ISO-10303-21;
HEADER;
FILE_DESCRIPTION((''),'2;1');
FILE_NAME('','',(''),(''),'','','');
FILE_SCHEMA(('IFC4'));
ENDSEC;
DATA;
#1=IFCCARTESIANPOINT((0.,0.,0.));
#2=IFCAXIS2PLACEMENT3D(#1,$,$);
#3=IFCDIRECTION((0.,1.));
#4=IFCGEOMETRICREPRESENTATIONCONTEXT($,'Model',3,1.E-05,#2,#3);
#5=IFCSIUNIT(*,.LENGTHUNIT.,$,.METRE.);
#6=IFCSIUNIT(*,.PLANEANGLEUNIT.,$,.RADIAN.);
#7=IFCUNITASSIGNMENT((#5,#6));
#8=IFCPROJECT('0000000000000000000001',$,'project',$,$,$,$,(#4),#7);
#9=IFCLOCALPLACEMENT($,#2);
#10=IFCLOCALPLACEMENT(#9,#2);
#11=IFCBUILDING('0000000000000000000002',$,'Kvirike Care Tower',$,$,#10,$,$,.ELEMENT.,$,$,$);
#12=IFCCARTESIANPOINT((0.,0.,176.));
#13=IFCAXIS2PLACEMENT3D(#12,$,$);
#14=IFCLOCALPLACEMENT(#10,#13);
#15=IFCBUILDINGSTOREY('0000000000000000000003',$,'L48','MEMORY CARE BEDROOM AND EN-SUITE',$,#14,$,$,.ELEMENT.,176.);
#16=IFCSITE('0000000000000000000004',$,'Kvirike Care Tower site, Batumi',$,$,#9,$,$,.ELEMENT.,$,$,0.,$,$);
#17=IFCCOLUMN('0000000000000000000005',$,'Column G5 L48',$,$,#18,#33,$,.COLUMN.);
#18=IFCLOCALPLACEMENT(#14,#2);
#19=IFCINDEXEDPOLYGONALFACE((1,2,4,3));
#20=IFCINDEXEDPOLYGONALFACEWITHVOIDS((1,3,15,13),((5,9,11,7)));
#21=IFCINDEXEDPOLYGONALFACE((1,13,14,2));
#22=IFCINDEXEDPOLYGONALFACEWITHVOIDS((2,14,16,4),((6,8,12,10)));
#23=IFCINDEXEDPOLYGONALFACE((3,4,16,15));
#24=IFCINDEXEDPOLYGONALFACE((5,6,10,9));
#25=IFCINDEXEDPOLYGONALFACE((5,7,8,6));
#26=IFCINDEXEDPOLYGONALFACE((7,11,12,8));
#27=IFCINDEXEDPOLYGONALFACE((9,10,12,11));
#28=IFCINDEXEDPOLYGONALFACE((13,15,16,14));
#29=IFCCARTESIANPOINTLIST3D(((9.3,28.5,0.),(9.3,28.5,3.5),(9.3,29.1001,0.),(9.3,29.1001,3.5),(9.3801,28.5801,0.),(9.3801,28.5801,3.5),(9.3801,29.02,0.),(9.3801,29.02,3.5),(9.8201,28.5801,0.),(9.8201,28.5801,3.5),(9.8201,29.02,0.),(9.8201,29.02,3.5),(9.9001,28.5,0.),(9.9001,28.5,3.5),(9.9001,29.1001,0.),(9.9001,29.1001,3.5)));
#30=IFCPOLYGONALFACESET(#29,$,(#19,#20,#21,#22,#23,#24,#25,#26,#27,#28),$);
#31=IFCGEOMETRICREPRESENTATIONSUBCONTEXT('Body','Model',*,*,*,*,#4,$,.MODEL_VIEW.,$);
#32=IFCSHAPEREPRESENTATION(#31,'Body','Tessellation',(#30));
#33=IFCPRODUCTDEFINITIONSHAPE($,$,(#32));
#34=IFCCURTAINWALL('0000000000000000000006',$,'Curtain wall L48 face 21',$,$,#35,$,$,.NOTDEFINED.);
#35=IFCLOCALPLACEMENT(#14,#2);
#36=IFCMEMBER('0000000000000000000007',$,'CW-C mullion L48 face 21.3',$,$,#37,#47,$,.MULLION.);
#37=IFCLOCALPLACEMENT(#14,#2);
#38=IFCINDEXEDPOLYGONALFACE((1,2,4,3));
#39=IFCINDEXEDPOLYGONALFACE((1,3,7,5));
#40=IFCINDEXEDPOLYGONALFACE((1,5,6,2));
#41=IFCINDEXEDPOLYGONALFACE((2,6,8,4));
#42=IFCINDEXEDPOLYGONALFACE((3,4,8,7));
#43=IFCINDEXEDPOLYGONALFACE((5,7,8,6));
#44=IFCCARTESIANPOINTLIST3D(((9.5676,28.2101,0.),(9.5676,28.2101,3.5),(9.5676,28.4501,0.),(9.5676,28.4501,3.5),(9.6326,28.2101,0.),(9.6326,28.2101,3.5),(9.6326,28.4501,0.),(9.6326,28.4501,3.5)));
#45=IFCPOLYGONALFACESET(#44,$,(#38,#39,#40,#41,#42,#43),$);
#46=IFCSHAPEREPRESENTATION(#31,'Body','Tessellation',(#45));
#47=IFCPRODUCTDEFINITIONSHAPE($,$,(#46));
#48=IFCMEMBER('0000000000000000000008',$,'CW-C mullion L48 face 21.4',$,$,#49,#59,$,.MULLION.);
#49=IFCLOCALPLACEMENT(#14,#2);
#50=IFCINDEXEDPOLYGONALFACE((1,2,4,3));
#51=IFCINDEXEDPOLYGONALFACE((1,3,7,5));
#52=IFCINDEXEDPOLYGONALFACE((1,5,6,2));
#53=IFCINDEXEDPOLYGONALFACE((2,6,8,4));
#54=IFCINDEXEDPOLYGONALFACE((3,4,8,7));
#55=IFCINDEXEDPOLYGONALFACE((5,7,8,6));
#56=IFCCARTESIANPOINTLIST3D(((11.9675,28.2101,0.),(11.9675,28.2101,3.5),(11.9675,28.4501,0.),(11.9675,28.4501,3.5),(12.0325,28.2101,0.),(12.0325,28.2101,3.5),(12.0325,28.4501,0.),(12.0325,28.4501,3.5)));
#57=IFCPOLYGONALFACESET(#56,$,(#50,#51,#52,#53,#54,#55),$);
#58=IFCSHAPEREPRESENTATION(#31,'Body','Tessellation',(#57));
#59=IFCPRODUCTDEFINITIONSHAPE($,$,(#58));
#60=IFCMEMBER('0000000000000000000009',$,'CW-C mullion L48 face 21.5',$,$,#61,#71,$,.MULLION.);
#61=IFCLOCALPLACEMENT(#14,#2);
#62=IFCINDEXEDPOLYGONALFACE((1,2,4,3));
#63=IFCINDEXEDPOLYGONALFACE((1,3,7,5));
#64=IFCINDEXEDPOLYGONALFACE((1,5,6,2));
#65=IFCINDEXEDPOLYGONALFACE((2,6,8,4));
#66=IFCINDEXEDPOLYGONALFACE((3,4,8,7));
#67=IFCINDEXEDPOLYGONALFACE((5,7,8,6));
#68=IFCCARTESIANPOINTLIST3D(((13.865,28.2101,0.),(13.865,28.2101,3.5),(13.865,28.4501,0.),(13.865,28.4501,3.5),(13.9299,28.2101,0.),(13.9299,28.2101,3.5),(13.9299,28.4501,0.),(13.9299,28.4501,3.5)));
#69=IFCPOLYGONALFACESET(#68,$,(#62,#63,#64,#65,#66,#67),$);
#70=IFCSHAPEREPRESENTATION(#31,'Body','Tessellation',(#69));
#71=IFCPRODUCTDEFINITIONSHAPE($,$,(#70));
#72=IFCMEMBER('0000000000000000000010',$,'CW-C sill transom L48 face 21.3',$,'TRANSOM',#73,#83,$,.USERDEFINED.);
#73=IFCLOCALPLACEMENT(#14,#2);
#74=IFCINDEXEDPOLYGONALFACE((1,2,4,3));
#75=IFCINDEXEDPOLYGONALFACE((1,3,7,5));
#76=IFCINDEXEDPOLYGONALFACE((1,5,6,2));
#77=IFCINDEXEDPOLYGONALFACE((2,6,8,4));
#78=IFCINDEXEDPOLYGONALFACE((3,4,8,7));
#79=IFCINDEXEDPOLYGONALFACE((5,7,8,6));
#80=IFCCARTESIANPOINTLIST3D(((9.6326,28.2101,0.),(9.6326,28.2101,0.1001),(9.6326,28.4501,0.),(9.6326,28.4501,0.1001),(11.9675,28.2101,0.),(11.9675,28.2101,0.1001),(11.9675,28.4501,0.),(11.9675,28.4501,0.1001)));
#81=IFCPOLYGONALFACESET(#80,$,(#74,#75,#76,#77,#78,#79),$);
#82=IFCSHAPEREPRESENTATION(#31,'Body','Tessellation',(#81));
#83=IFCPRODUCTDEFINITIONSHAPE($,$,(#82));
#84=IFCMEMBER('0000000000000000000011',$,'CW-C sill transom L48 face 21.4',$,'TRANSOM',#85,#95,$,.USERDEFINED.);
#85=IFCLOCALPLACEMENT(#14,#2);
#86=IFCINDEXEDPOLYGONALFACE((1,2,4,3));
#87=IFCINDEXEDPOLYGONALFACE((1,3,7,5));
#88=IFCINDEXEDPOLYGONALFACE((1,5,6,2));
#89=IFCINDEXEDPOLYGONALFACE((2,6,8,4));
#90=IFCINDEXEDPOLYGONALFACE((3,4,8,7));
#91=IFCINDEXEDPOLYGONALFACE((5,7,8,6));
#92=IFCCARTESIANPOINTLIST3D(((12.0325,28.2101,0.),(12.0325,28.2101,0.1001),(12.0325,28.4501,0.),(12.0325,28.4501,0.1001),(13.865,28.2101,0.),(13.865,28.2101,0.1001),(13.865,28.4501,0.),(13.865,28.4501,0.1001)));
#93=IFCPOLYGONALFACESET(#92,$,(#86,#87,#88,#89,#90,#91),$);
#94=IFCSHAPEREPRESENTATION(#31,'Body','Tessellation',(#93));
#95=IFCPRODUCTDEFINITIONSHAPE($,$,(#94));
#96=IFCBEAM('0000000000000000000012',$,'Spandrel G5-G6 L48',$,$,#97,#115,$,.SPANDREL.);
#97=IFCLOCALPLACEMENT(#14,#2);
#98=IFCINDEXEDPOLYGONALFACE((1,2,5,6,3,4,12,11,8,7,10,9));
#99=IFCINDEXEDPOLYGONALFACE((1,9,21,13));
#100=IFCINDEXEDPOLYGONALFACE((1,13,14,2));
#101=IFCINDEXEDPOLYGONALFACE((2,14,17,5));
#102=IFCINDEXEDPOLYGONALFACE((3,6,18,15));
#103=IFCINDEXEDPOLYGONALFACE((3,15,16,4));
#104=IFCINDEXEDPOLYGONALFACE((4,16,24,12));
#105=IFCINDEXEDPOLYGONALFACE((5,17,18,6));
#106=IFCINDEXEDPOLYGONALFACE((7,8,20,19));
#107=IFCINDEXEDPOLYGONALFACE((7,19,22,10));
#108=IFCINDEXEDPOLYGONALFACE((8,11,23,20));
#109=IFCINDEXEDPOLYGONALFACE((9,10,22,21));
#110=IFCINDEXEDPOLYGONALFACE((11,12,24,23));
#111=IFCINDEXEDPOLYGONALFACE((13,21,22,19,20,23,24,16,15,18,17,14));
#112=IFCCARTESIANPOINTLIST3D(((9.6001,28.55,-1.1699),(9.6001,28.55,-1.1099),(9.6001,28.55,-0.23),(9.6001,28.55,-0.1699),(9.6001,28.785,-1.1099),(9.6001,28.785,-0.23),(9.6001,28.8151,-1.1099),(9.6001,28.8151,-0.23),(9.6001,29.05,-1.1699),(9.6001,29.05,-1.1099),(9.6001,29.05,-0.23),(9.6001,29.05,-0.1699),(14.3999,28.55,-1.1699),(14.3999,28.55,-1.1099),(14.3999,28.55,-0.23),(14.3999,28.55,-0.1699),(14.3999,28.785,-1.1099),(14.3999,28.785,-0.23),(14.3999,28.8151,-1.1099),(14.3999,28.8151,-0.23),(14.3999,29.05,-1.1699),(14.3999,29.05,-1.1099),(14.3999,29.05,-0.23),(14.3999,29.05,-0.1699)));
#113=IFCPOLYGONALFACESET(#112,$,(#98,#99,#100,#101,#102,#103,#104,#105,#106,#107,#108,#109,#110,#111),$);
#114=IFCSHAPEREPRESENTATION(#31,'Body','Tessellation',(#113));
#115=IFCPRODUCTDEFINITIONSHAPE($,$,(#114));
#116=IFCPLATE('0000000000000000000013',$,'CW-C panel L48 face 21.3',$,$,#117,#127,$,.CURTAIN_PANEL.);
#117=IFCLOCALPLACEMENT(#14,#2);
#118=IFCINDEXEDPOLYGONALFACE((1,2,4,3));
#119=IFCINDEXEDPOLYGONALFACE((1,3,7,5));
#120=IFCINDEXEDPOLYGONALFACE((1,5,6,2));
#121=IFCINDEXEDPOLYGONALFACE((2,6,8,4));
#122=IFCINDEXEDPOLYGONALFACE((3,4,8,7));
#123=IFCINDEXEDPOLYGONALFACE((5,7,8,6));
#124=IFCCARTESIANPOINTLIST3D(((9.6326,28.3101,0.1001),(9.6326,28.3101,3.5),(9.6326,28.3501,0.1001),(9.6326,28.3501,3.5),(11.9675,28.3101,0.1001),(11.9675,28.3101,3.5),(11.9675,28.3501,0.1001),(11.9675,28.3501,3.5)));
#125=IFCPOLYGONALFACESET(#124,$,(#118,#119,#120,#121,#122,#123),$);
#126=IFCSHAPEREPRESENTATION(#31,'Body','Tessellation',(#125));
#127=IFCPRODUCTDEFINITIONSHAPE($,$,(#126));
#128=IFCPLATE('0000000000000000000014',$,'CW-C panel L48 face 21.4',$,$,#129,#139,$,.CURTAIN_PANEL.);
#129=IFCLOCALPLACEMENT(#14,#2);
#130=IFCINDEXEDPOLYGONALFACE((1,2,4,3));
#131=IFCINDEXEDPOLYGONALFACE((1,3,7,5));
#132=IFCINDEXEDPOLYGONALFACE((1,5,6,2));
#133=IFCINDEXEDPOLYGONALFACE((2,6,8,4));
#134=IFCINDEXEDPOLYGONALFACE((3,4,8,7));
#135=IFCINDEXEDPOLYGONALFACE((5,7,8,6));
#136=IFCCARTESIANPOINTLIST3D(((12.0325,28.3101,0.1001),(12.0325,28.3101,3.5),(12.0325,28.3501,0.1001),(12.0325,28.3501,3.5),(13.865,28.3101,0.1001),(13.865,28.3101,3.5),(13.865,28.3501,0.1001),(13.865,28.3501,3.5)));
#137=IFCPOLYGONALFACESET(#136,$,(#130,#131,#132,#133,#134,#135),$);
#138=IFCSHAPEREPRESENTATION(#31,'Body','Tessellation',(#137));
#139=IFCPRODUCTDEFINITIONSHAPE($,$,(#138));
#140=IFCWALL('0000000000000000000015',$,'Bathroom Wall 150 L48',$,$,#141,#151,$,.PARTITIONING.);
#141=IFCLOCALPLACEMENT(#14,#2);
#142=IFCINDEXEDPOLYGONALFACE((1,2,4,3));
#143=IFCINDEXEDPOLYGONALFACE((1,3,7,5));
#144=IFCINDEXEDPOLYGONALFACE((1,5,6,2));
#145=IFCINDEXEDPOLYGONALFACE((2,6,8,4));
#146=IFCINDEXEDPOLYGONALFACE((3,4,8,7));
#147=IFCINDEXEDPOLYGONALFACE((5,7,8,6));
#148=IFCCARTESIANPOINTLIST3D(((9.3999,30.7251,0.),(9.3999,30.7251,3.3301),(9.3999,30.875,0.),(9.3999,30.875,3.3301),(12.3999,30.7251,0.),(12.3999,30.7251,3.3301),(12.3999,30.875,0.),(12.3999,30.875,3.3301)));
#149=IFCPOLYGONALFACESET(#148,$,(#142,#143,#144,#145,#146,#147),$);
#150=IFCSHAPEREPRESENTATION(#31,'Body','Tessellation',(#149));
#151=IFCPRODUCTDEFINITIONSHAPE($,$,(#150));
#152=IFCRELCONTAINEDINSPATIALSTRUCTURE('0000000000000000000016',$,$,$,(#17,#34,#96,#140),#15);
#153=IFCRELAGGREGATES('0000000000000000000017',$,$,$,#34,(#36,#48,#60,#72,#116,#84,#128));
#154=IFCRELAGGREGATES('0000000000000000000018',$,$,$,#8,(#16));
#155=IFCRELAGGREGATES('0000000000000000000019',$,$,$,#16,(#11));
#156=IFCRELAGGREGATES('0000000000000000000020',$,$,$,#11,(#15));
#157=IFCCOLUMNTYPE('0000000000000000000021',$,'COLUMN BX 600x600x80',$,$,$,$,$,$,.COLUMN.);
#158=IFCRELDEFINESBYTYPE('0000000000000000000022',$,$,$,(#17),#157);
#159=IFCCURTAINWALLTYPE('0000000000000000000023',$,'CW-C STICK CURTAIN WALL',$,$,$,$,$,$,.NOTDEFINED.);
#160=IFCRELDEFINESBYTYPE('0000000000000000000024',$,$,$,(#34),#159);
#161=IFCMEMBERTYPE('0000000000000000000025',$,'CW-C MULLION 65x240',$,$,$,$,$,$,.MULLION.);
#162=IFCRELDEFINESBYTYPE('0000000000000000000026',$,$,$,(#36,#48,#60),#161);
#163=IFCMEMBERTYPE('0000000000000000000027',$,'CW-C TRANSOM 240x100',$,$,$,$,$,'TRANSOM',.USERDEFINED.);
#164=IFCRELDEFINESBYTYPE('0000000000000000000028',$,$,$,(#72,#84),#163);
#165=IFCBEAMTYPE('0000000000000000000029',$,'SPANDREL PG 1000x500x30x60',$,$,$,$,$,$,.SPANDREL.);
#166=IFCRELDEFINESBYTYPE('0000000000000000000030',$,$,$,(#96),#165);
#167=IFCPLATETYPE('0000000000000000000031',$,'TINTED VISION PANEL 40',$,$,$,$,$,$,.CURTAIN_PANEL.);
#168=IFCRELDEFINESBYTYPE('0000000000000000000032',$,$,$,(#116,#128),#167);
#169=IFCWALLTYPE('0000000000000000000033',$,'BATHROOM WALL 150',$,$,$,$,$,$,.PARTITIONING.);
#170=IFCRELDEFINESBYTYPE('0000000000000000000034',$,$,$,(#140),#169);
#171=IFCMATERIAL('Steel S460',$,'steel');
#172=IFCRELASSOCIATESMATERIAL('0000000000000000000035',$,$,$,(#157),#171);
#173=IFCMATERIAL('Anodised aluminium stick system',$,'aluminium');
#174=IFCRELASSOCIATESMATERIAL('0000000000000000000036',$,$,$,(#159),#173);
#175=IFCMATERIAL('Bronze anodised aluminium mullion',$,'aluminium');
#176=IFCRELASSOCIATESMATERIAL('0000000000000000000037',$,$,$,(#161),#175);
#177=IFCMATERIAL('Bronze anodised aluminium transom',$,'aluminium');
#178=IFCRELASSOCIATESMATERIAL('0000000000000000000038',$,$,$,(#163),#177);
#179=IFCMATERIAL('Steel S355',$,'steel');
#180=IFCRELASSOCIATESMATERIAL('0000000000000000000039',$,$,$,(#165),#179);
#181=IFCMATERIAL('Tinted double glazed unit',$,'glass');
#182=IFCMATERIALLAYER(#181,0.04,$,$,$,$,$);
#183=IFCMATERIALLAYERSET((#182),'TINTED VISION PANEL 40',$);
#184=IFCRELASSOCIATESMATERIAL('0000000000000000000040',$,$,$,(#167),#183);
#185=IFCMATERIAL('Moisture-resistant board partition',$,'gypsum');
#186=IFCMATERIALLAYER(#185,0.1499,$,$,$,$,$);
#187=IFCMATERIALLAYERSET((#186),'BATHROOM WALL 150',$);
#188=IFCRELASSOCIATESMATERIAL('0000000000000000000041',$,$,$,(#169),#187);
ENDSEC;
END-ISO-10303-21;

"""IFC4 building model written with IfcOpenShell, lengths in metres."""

from ifc_helpers import new_model, si_unit, direction, frame, frame_2d, origin, origin_2d, place, context, subcontext, project, spatial, rectangle, hollow_rectangle, i_section, extrude, material, layer, layer_set, material_profile, profile_set, type_object, element, aggregate, save


model = new_model("IFC4")

# Units and contexts
model_context = context("Model", 3, precision=1e-05, world=origin(), true_north=direction((0.0, 1.0)))
body_context = subcontext(model_context, "Body", "Model", "MODEL_VIEW")
ifc_project = project(units=[si_unit("LENGTHUNIT", "METRE"), si_unit("PLANEANGLEUNIT", "RADIAN")], contexts=[model_context])

# Site, building, storey
site_placement = place(None, origin())
site = spatial("IfcSite", under=ifc_project, at=site_placement, Name="Kvirike Care Tower site, Batumi", CompositionType="ELEMENT", RefElevation=0.0)
building_placement = place(site_placement, origin())
building = spatial("IfcBuilding", under=site, at=building_placement, Name="Kvirike Care Tower", CompositionType="ELEMENT")
storey_placement = place(building_placement, frame((0.0, 0.0, 176.0)))
storey = spatial("IfcBuildingStorey", under=building, at=storey_placement, Name="L48", Description="MEMORY CARE BEDROOM AND EN-SUITE", CompositionType="ELEMENT", Elevation=176.0)

# Column
ifc_material_1 = material(Name="Steel S460", Category="steel")
ifc_material_profile_1 = material_profile(ifc_material_1, hollow_rectangle(XDim=0.6001, YDim=0.6001, WallThickness=0.0801, at=origin_2d()), Name="BX 600x600x80")
ifc_profile_set_1 = profile_set([ifc_material_profile_1], Name="Steel S460")
column_type = type_object("IfcColumnType", Name="COLUMN BX 600x600x80", PredefinedType="COLUMN", material=ifc_profile_set_1)
column_placement = place(storey_placement, frame((9.6001, 28.8, 0.0), z_axis=(0.0, 0.0, 1.0), x_axis=(0.0, 1.0, 0.0)))
element("IfcColumn", 1, at=column_placement, inside=storey, type_object=column_type, Name="Column G5 L48", PredefinedType="COLUMN", context=body_context, shape_type="SweptSolid", body=[
    extrude(hollow_rectangle(XDim=0.6001, YDim=0.6001, WallThickness=0.0801, at=origin_2d()), origin(), (0.0, 0.0, 1.0), 3.5),
])

# Curtain wall, members
ifc_material_2 = material(Name="Anodised aluminium stick system", Category="aluminium")
curtain_wall_type = type_object("IfcCurtainWallType", Name="CW-C STICK CURTAIN WALL", PredefinedType="NOTDEFINED", material=ifc_material_2)
curtain_wall_placement = place(storey_placement, origin())
curtain_wall = element("IfcCurtainWall", 2, at=curtain_wall_placement, inside=storey, type_object=curtain_wall_type, Name="Curtain wall L48 face 21", PredefinedType="NOTDEFINED")
ifc_material_3 = material(Name="Bronze anodised aluminium mullion", Category="aluminium")
ifc_material_profile_2 = material_profile(ifc_material_3, rectangle(XDim=0.0649, YDim=0.24, at=origin_2d()), Name="CW-C MULLION 65x240")
ifc_profile_set_2 = profile_set([ifc_material_profile_2], Name="Bronze anodised aluminium mullion")
member_type_1 = type_object("IfcMemberType", Name="CW-C MULLION 65x240", PredefinedType="MULLION", material=ifc_profile_set_2)
member_1_placement = place(storey_placement, frame((9.6001, 28.3301, 0.0), z_axis=(0.0, 0.0, 1.0), x_axis=(1.0, 0.0, 0.0)))
member_1 = element("IfcMember", 3, at=member_1_placement, type_object=member_type_1, Name="CW-C mullion L48 face 21.3", PredefinedType="MULLION", context=body_context, shape_type="SweptSolid", body=[
    extrude(rectangle(XDim=0.0649, YDim=0.24, at=origin_2d()), origin(), (0.0, 0.0, 1.0), 3.5),
])
member_2_placement = place(storey_placement, frame((12.0, 28.3301, 0.0), z_axis=(0.0, 0.0, 1.0), x_axis=(1.0, 0.0, 0.0)))
member_2 = element("IfcMember", 4, at=member_2_placement, type_object=member_type_1, Name="CW-C mullion L48 face 21.4", PredefinedType="MULLION", context=body_context, shape_type="SweptSolid", body=[
    extrude(rectangle(XDim=0.0649, YDim=0.24, at=origin_2d()), origin(), (0.0, 0.0, 1.0), 3.5),
])
member_3_placement = place(storey_placement, frame((13.8975, 28.3301, 0.0), z_axis=(0.0, 0.0, 1.0), x_axis=(1.0, 0.0, 0.0)))
member_3 = element("IfcMember", 5, at=member_3_placement, type_object=member_type_1, Name="CW-C mullion L48 face 21.5", PredefinedType="MULLION", context=body_context, shape_type="SweptSolid", body=[
    extrude(rectangle(XDim=0.0649, YDim=0.24, at=origin_2d()), origin(), (0.0, 0.0, 1.0), 3.5),
])
ifc_material_4 = material(Name="Bronze anodised aluminium transom", Category="aluminium")
ifc_material_profile_3 = material_profile(ifc_material_4, rectangle(XDim=0.24, YDim=0.1001, at=origin_2d()), Name="CW-C TRANSOM 240x100")
ifc_profile_set_3 = profile_set([ifc_material_profile_3], Name="Bronze anodised aluminium transom")
member_type_2 = type_object("IfcMemberType", Name="CW-C TRANSOM 240x100", ElementType="TRANSOM", PredefinedType="USERDEFINED", material=ifc_profile_set_3)
member_4_placement = place(storey_placement, frame((9.6326, 28.3301, 0.05), z_axis=(1.0, 0.0, 0.0), x_axis=(0.0, 1.0, 0.0)))
member_4 = element("IfcMember", 6, at=member_4_placement, type_object=member_type_2, Name="CW-C sill transom L48 face 21.3", ObjectType="TRANSOM", PredefinedType="USERDEFINED", context=body_context, shape_type="SweptSolid", body=[
    extrude(rectangle(XDim=0.24, YDim=0.1001, at=origin_2d()), origin(), (0.0, 0.0, 1.0), 2.335),
])
member_5_placement = place(storey_placement, frame((12.0325, 28.3301, 0.05), z_axis=(1.0, 0.0, 0.0), x_axis=(0.0, 1.0, 0.0)))
member_5 = element("IfcMember", 7, at=member_5_placement, type_object=member_type_2, Name="CW-C sill transom L48 face 21.4", ObjectType="TRANSOM", PredefinedType="USERDEFINED", context=body_context, shape_type="SweptSolid", body=[
    extrude(rectangle(XDim=0.24, YDim=0.1001, at=origin_2d()), origin(), (0.0, 0.0, 1.0), 1.8325),
])

# Beam
ifc_material_5 = material(Name="Steel S355", Category="steel")
ifc_material_profile_4 = material_profile(ifc_material_5, i_section(OverallWidth=0.5, OverallDepth=1.0, WebThickness=0.03, FlangeThickness=0.0601, at=origin_2d()), Name="PG 1000x500x30x60")
ifc_profile_set_4 = profile_set([ifc_material_profile_4], Name="Steel S355")
beam_type = type_object("IfcBeamType", Name="SPANDREL PG 1000x500x30x60", PredefinedType="SPANDREL", material=ifc_profile_set_4)
beam_placement = place(storey_placement, frame((9.6001, 28.8, -0.6699), z_axis=(1.0, 0.0, 0.0), x_axis=(0.0, 1.0, 0.0)))
element("IfcBeam", 8, at=beam_placement, inside=storey, type_object=beam_type, Name="Spandrel G5-G6 L48", PredefinedType="SPANDREL", context=body_context, shape_type="SweptSolid", body=[
    extrude(i_section(OverallWidth=0.5, OverallDepth=1.0, WebThickness=0.03, FlangeThickness=0.0601, at=origin_2d()), origin(), (0.0, 0.0, 1.0), 4.7998),
])

# Plates
ifc_material_6 = material(Name="Tinted double glazed unit", Category="glass")
ifc_layer_1 = layer(ifc_material_6, 0.04)
ifc_layer_set_1 = layer_set([ifc_layer_1], Name="TINTED VISION PANEL 40")
plate_type = type_object("IfcPlateType", Name="TINTED VISION PANEL 40", PredefinedType="CURTAIN_PANEL", material=ifc_layer_set_1)
plate_1_placement = place(storey_placement, frame((10.8, 28.3301, 0.1001), z_axis=(0.0, 0.0, 1.0), x_axis=(1.0, 0.0, 0.0)))
plate_1 = element("IfcPlate", 9, at=plate_1_placement, type_object=plate_type, Name="CW-C panel L48 face 21.3", PredefinedType="CURTAIN_PANEL", context=body_context, shape_type="SweptSolid", body=[
    extrude(rectangle(XDim=2.335, YDim=0.04, at=origin_2d()), origin(), (0.0, 0.0, 1.0), 3.3999),
])
plate_2_placement = place(storey_placement, frame((12.9487, 28.3301, 0.1001), z_axis=(0.0, 0.0, 1.0), x_axis=(1.0, 0.0, 0.0)))
plate_2 = element("IfcPlate", 10, at=plate_2_placement, type_object=plate_type, Name="CW-C panel L48 face 21.4", PredefinedType="CURTAIN_PANEL", context=body_context, shape_type="SweptSolid", body=[
    extrude(rectangle(XDim=1.8325, YDim=0.04, at=origin_2d()), origin(), (0.0, 0.0, 1.0), 3.3999),
])
aggregate(curtain_wall, [member_1, member_2, member_3, member_4, plate_1, member_5, plate_2])

# Wall
ifc_material_7 = material(Name="Moisture-resistant board partition", Category="gypsum")
ifc_layer_2 = layer(ifc_material_7, 0.1499)
ifc_layer_set_2 = layer_set([ifc_layer_2], Name="BATHROOM WALL 150")
wall_type_1 = type_object("IfcWallType", Name="BATHROOM WALL 150", PredefinedType="PARTITIONING", material=ifc_layer_set_2)
wall_1_placement = place(storey_placement, frame((9.3999, 30.8, 0.0), z_axis=(0.0, 0.0, 1.0), x_axis=(1.0, 0.0, 0.0)))
element("IfcWall", 11, at=wall_1_placement, inside=storey, type_object=wall_type_1, Name="Bathroom Wall 150 L48", PredefinedType="PARTITIONING", context=body_context, shape_type="SweptSolid", body=[
    extrude(rectangle(XDim=3.0, YDim=0.1499, at=frame_2d((1.5, 0.0))), origin(), (0.0, 0.0, 1.0), 3.3301),
])

save(model, "model.ifc")
